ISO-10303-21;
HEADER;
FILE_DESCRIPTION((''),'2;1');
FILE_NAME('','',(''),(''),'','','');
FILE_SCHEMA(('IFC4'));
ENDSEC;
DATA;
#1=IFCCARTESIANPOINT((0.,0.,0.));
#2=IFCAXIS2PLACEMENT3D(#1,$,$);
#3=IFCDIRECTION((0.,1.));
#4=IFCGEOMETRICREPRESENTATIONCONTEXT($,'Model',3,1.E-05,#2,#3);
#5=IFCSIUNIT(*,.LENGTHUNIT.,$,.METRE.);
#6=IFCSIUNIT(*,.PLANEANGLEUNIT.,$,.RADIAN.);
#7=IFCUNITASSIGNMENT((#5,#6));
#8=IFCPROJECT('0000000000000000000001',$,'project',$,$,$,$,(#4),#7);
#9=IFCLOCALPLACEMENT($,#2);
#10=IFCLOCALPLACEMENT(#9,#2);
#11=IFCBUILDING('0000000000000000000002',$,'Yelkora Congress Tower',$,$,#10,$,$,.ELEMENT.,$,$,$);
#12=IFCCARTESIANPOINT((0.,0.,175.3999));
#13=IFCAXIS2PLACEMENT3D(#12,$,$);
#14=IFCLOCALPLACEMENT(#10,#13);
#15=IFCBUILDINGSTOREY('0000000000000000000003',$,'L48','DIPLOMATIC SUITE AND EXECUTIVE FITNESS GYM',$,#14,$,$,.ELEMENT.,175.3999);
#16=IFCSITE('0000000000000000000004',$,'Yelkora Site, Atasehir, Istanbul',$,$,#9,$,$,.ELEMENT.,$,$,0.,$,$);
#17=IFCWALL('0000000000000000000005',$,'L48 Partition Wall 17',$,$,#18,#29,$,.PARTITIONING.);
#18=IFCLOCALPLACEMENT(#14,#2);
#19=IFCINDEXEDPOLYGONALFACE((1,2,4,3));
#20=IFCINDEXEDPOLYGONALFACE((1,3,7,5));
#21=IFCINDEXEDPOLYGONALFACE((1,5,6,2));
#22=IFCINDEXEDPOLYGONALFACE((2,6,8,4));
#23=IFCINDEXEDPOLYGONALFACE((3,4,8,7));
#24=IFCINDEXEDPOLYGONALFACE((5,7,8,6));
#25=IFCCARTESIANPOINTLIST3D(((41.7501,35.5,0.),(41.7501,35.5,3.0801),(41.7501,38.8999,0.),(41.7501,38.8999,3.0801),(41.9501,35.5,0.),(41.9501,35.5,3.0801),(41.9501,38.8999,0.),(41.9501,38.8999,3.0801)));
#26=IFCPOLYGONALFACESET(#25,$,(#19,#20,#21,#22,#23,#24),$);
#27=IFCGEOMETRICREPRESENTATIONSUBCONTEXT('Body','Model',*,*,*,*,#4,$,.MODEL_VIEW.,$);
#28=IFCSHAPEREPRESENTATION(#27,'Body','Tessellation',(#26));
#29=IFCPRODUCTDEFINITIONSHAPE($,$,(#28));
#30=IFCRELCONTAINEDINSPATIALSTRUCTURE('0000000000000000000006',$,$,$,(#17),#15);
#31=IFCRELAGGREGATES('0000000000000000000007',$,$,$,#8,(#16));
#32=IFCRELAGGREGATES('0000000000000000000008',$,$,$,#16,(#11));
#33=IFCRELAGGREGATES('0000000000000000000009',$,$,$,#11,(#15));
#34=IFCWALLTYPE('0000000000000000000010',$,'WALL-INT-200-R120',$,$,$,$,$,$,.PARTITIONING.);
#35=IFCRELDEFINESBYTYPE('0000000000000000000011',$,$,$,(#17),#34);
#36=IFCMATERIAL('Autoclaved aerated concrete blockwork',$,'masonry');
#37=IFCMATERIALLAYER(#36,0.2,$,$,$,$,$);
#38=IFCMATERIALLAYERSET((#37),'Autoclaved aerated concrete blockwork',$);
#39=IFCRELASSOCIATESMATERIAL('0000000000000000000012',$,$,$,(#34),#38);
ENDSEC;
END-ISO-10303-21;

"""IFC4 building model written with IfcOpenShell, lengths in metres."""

from ifc_helpers import new_model, si_unit, direction, frame, frame_2d, origin, place, context, subcontext, project, spatial, rectangle, extrude, material, layer, layer_set, type_object, element, save


model = new_model("IFC4")

# Units and contexts
model_context = context("Model", 3, precision=1e-05, world=origin(), true_north=direction((0.0, 1.0)))
body_context = subcontext(model_context, "Body", "Model", "MODEL_VIEW")
ifc_project = project(units=[si_unit("LENGTHUNIT", "METRE"), si_unit("PLANEANGLEUNIT", "RADIAN")], contexts=[model_context])

# Site, building, storey
site_placement = place(None, origin())
site = spatial("IfcSite", under=ifc_project, at=site_placement, Name="Yelkora Site, Atasehir, Istanbul", CompositionType="ELEMENT", RefElevation=0.0)
building_placement = place(site_placement, origin())
building = spatial("IfcBuilding", under=site, at=building_placement, Name="Yelkora Congress Tower", CompositionType="ELEMENT")
storey_placement = place(building_placement, frame((0.0, 0.0, 175.3999)))
storey = spatial("IfcBuildingStorey", under=building, at=storey_placement, Name="L48", Description="DIPLOMATIC SUITE AND EXECUTIVE FITNESS GYM", CompositionType="ELEMENT", Elevation=175.3999)

# Shared definitions
ifc_material_1 = material(Name="Autoclaved aerated concrete blockwork", Category="masonry")
ifc_layer_1 = layer(ifc_material_1, 0.2)
ifc_layer_set_1 = layer_set([ifc_layer_1], Name="Autoclaved aerated concrete blockwork")
wall_type_1 = type_object("IfcWallType", Name="WALL-INT-200-R120", PredefinedType="PARTITIONING", material=ifc_layer_set_1)

# Wall
wall_1_placement = place(storey_placement, frame((41.8501, 35.5, 0.0), z_axis=(0.0, 0.0, 1.0), x_axis=(0.0, 1.0, 0.0)))
element("IfcWall", 1, at=wall_1_placement, inside=storey, type_object=wall_type_1, Name="L48 Partition Wall 17", PredefinedType="PARTITIONING", context=body_context, shape_type="SweptSolid", body=[
    extrude(rectangle(XDim=3.3999, YDim=0.2, at=frame_2d((1.7, 0.0))), origin(), (0.0, 0.0, 1.0), 3.0801),
])

save(model, "model.ifc")
